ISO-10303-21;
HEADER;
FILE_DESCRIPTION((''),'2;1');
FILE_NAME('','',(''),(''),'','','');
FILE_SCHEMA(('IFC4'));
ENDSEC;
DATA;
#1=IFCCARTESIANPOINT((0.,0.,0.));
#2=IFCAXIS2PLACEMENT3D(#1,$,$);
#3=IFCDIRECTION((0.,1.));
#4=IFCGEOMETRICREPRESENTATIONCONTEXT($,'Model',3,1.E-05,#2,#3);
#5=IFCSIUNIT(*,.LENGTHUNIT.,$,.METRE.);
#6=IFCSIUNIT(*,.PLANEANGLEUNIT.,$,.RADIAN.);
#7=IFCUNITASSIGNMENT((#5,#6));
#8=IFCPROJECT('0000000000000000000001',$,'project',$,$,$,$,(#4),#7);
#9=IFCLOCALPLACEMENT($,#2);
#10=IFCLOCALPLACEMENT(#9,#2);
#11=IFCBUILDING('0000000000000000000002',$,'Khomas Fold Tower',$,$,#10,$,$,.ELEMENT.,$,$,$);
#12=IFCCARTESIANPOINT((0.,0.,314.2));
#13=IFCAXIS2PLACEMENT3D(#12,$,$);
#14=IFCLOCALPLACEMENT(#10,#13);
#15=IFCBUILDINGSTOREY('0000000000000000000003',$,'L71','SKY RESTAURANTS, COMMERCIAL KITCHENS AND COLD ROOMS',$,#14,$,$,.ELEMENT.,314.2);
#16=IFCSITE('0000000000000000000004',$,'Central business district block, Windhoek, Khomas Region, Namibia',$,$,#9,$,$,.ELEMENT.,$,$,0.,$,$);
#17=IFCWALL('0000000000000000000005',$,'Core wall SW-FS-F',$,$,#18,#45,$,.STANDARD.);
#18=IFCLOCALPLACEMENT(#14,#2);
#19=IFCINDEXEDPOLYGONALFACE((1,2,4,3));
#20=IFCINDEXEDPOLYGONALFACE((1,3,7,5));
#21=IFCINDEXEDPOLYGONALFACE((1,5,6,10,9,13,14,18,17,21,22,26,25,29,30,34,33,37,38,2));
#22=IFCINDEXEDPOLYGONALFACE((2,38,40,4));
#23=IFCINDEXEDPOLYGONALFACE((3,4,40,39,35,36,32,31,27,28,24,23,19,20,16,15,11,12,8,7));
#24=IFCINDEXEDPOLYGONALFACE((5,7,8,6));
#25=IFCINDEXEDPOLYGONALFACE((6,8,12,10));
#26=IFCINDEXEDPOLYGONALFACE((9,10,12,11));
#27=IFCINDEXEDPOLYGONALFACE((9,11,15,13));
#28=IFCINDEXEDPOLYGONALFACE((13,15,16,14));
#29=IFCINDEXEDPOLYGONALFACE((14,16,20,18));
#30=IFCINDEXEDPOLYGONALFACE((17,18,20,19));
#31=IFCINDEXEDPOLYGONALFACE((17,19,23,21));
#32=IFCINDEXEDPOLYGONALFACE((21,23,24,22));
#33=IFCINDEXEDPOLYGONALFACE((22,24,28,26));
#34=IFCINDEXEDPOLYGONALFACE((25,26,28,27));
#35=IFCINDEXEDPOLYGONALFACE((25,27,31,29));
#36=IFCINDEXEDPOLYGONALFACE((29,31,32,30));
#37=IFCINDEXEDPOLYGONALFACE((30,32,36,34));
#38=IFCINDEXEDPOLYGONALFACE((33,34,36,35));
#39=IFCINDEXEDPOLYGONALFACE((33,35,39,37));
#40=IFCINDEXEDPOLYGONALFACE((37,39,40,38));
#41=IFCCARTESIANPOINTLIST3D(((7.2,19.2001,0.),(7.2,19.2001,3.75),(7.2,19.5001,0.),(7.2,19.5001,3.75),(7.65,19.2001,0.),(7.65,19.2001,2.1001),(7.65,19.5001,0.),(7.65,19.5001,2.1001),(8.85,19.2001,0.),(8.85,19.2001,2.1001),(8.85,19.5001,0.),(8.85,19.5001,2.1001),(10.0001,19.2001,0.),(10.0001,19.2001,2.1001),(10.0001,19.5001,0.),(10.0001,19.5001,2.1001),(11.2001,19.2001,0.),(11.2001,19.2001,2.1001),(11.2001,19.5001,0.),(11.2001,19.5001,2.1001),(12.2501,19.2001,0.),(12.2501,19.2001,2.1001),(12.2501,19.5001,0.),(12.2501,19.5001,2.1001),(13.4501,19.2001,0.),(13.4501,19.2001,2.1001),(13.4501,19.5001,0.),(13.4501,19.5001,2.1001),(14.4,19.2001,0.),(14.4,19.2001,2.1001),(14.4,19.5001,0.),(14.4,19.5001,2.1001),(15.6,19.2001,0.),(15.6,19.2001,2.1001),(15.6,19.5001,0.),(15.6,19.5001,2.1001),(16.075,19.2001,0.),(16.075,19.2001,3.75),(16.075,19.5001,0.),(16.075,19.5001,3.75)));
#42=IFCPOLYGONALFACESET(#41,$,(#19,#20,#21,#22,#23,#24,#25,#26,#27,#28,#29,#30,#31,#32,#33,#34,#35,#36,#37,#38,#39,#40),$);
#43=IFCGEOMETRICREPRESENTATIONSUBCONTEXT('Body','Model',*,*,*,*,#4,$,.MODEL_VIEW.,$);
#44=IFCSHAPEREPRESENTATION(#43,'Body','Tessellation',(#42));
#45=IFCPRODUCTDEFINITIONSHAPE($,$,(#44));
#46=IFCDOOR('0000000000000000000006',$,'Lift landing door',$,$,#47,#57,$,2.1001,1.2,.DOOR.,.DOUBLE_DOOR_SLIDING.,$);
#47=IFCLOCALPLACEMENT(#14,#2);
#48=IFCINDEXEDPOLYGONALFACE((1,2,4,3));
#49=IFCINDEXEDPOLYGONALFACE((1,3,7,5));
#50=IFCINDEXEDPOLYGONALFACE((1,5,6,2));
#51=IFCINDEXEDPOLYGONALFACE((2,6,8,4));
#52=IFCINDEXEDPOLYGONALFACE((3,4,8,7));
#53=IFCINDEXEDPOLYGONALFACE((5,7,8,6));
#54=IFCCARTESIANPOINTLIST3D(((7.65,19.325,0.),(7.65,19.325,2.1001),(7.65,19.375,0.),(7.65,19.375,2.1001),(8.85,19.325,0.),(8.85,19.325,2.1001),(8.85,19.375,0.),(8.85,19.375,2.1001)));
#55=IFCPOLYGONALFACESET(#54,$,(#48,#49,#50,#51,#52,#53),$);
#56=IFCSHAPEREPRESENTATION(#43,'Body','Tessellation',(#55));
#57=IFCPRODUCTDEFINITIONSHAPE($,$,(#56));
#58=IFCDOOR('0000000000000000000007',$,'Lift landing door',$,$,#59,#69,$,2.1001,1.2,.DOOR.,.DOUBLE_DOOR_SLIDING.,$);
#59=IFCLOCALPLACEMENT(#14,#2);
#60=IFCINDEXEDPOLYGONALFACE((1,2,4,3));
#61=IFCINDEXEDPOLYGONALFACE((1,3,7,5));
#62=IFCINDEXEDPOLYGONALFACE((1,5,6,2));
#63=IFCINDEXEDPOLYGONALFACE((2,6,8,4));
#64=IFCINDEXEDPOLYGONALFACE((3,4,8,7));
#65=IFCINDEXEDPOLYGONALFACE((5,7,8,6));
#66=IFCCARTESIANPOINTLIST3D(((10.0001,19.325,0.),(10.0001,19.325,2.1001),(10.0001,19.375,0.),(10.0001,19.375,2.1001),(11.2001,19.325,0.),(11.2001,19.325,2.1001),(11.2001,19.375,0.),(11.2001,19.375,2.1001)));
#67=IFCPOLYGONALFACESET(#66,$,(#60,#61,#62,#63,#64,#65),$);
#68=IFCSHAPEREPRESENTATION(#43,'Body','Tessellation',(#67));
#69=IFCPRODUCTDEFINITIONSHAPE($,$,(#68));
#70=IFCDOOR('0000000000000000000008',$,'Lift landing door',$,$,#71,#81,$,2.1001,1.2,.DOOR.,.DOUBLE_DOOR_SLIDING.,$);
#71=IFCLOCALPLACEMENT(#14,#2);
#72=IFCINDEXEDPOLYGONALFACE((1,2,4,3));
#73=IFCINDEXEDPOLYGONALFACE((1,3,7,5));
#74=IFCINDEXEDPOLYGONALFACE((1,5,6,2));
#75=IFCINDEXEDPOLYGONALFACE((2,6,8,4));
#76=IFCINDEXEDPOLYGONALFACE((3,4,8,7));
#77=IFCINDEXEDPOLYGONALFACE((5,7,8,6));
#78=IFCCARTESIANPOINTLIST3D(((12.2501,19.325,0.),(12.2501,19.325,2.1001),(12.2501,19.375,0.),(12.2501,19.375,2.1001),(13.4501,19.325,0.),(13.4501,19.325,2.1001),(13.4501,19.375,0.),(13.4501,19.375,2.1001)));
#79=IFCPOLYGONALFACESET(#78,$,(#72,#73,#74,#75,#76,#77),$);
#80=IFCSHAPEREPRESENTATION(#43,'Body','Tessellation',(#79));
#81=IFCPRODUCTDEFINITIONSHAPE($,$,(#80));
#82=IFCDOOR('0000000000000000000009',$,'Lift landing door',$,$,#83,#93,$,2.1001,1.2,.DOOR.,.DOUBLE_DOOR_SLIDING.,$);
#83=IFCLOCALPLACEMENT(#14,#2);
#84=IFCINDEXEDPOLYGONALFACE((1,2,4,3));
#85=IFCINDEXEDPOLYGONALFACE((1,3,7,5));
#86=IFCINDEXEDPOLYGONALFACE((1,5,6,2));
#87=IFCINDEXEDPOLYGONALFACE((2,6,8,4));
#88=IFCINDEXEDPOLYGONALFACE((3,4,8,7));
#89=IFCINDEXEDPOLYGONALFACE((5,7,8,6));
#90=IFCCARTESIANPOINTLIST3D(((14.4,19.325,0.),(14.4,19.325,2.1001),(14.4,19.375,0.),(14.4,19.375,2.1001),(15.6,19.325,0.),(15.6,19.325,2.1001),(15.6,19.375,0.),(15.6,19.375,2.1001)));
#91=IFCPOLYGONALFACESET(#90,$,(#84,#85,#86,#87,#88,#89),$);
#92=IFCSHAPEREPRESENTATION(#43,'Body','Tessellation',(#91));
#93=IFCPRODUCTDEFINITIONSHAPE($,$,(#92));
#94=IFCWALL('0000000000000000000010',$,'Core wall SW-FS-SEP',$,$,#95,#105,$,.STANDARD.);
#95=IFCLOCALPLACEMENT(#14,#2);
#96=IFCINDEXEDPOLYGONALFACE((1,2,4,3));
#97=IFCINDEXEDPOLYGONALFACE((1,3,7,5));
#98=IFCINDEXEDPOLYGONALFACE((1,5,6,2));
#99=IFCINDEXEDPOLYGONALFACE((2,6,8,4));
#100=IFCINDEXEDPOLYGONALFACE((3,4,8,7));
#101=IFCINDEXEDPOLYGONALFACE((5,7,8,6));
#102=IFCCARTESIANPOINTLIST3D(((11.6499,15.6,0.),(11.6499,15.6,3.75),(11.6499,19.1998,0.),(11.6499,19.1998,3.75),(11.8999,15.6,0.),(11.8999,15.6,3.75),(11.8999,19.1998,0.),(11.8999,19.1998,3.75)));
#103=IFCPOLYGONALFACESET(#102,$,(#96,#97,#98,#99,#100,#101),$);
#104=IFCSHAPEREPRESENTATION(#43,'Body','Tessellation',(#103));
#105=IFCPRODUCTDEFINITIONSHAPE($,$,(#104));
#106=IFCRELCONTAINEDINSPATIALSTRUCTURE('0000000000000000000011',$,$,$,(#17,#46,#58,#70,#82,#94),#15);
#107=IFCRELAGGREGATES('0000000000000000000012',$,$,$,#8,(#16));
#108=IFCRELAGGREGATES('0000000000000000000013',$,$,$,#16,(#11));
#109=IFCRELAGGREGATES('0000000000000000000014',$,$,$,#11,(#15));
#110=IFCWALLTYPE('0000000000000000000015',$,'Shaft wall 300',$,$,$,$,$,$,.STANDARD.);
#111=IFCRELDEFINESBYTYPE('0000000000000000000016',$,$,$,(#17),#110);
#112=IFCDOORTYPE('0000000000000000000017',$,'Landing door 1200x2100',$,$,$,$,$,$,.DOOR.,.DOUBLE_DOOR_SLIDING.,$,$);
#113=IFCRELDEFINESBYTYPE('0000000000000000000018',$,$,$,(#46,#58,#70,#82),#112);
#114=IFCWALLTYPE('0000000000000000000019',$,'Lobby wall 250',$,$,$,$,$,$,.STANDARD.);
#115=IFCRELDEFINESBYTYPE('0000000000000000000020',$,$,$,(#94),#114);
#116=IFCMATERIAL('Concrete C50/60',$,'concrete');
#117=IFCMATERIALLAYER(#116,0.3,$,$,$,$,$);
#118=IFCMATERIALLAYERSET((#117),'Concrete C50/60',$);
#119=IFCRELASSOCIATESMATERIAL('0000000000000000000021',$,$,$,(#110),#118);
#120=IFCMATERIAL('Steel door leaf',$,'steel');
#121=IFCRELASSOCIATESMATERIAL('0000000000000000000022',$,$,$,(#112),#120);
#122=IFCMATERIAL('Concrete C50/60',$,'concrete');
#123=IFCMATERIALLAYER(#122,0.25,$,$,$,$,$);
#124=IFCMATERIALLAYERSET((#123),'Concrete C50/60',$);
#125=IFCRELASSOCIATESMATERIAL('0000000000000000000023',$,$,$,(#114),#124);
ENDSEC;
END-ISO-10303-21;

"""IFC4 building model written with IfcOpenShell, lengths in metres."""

from ifc_helpers import new_model, si_unit, direction, frame, frame_2d, origin, place, context, subcontext, project, spatial, rectangle, extrude, source, transform, mapped, material, layer, layer_set, type_object, element, fill, save


model = new_model("IFC4")

# Units and contexts
model_context = context("Model", 3, precision=1e-05, world=origin(), true_north=direction((0.0, 1.0)))
body_context = subcontext(model_context, "Body", "Model", "MODEL_VIEW")
ifc_project = project(units=[si_unit("LENGTHUNIT", "METRE"), si_unit("PLANEANGLEUNIT", "RADIAN")], contexts=[model_context])

# Site, building, storey
site_placement = place(None, origin())
site = spatial("IfcSite", under=ifc_project, at=site_placement, Name="Central business district block, Windhoek, Khomas Region, Namibia", CompositionType="ELEMENT", RefElevation=0.0)
building_placement = place(site_placement, origin())
building = spatial("IfcBuilding", under=site, at=building_placement, Name="Khomas Fold Tower", CompositionType="ELEMENT")
storey_placement = place(building_placement, frame((0.0, 0.0, 314.2)))
storey = spatial("IfcBuildingStorey", under=building, at=storey_placement, Name="L71", Description="SKY RESTAURANTS, COMMERCIAL KITCHENS AND COLD ROOMS", CompositionType="ELEMENT", Elevation=314.2)

# Wall, openings, doors
ifc_material_1 = material(Name="Concrete C50/60", Category="concrete")
ifc_layer_1 = layer(ifc_material_1, 0.3)
ifc_layer_set_1 = layer_set([ifc_layer_1], Name="Concrete C50/60")
wall_type_1 = type_object("IfcWallType", Name="Shaft wall 300", PredefinedType="STANDARD", material=ifc_layer_set_1)
shared_shape_1 = source(origin(), body_context, "Body", "SweptSolid", [
    extrude(rectangle(XDim=8.875, YDim=0.3, at=frame_2d((4.4375, 0.0))), origin(), (0.0, 0.0, 1.0), 3.75),
])
wall_1_placement = place(storey_placement, frame((7.2, 19.3501, 0.0), z_axis=(0.0, 0.0, 1.0), x_axis=(1.0, 0.0, 0.0)))
wall_1 = element("IfcWall", 1, at=wall_1_placement, inside=storey, type_object=wall_type_1, Name="Core wall SW-FS-F", PredefinedType="STANDARD", context=body_context, shape_type="MappedRepresentation", body=[
    mapped(shared_shape_1, transform((0.0, 0.0, 0.0))),
])
shared_shape_2 = source(origin(), body_context, "Body", "SweptSolid", [
    extrude(rectangle(XDim=1.2, YDim=2.1001, at=frame_2d((0.6001, 1.05))), frame((0.0, 0.1599, 0.0), z_axis=(0.0, -1.0, 0.0), x_axis=(1.0, 0.0, 0.0)), (0.0, 0.0, 1.0), 0.3201),
])
opening_1_placement = place(wall_1_placement, frame((0.45, 0.0, 0.0)))
opening_1 = element("IfcOpeningElement", 2, at=opening_1_placement, cuts=wall_1, PredefinedType="OPENING", context=body_context, shape_type="MappedRepresentation", body=[
    mapped(shared_shape_2, transform((0.0, 0.0, 0.0))),
])
opening_2_placement = place(wall_1_placement, frame((2.8, 0.0, 0.0)))
opening_2 = element("IfcOpeningElement", 3, at=opening_2_placement, cuts=wall_1, PredefinedType="OPENING", context=body_context, shape_type="MappedRepresentation", body=[
    mapped(shared_shape_2, transform((0.0, 0.0, 0.0))),
])
opening_3_placement = place(wall_1_placement, frame((5.05, 0.0, 0.0)))
opening_3 = element("IfcOpeningElement", 4, at=opening_3_placement, cuts=wall_1, PredefinedType="OPENING", context=body_context, shape_type="MappedRepresentation", body=[
    mapped(shared_shape_2, transform((0.0, 0.0, 0.0))),
])
opening_4_placement = place(wall_1_placement, frame((7.2, 0.0, 0.0)))
opening_4 = element("IfcOpeningElement", 5, at=opening_4_placement, cuts=wall_1, PredefinedType="OPENING", context=body_context, shape_type="MappedRepresentation", body=[
    mapped(shared_shape_2, transform((0.0, 0.0, 0.0))),
])
ifc_material_2 = material(Name="Steel door leaf", Category="steel")
door_type_1 = type_object("IfcDoorType", Name="Landing door 1200x2100", OperationType="DOUBLE_DOOR_SLIDING", PredefinedType="DOOR", material=ifc_material_2)
shared_shape_3 = source(origin(), body_context, "Body", "SweptSolid", [
    extrude(rectangle(XDim=1.2, YDim=2.1001, at=frame_2d((0.6001, 1.05))), frame((0.0, 0.0249, 0.0), z_axis=(0.0, -1.0, 0.0), x_axis=(1.0, 0.0, 0.0)), (0.0, 0.0, 1.0), 0.05),
])
door_1_placement = place(opening_1_placement, origin())
door_1 = element("IfcDoor", 6, at=door_1_placement, inside=storey, type_object=door_type_1, Name="Lift landing door", OperationType="DOUBLE_DOOR_SLIDING", OverallHeight=2.1001, OverallWidth=1.2, PredefinedType="DOOR", context=body_context, shape_type="MappedRepresentation", body=[
    mapped(shared_shape_3, transform((0.0, 0.0, 0.0))),
])
fill(opening_1, door_1)
door_2_placement = place(opening_2_placement, origin())
door_2 = element("IfcDoor", 7, at=door_2_placement, inside=storey, type_object=door_type_1, Name="Lift landing door", OperationType="DOUBLE_DOOR_SLIDING", OverallHeight=2.1001, OverallWidth=1.2, PredefinedType="DOOR", context=body_context, shape_type="MappedRepresentation", body=[
    mapped(shared_shape_3, transform((0.0, 0.0, 0.0))),
])
fill(opening_2, door_2)
door_3_placement = place(opening_3_placement, origin())
door_3 = element("IfcDoor", 8, at=door_3_placement, inside=storey, type_object=door_type_1, Name="Lift landing door", OperationType="DOUBLE_DOOR_SLIDING", OverallHeight=2.1001, OverallWidth=1.2, PredefinedType="DOOR", context=body_context, shape_type="MappedRepresentation", body=[
    mapped(shared_shape_3, transform((0.0, 0.0, 0.0))),
])
fill(opening_3, door_3)
door_4_placement = place(opening_4_placement, origin())
door_4 = element("IfcDoor", 9, at=door_4_placement, inside=storey, type_object=door_type_1, Name="Lift landing door", OperationType="DOUBLE_DOOR_SLIDING", OverallHeight=2.1001, OverallWidth=1.2, PredefinedType="DOOR", context=body_context, shape_type="MappedRepresentation", body=[
    mapped(shared_shape_3, transform((0.0, 0.0, 0.0))),
])
fill(opening_4, door_4)

# Wall
ifc_material_3 = material(Name="Concrete C50/60", Category="concrete")
ifc_layer_2 = layer(ifc_material_3, 0.25)
ifc_layer_set_2 = layer_set([ifc_layer_2], Name="Concrete C50/60")
wall_type_2 = type_object("IfcWallType", Name="Lobby wall 250", PredefinedType="STANDARD", material=ifc_layer_set_2)
shared_shape_4 = source(origin(), body_context, "Body", "SweptSolid", [
    extrude(rectangle(XDim=3.5999, YDim=0.25, at=frame_2d((1.7998, 0.0))), origin(), (0.0, 0.0, 1.0), 3.75),
])
wall_2_placement = place(storey_placement, frame((11.7749, 15.6001, 0.0), z_axis=(0.0, 0.0, 1.0), x_axis=(0.0, 1.0, 0.0)))
element("IfcWall", 10, at=wall_2_placement, inside=storey, type_object=wall_type_2, Name="Core wall SW-FS-SEP", PredefinedType="STANDARD", context=body_context, shape_type="MappedRepresentation", body=[
    mapped(shared_shape_4, transform((0.0, 0.0, 0.0))),
])

save(model, "model.ifc")
